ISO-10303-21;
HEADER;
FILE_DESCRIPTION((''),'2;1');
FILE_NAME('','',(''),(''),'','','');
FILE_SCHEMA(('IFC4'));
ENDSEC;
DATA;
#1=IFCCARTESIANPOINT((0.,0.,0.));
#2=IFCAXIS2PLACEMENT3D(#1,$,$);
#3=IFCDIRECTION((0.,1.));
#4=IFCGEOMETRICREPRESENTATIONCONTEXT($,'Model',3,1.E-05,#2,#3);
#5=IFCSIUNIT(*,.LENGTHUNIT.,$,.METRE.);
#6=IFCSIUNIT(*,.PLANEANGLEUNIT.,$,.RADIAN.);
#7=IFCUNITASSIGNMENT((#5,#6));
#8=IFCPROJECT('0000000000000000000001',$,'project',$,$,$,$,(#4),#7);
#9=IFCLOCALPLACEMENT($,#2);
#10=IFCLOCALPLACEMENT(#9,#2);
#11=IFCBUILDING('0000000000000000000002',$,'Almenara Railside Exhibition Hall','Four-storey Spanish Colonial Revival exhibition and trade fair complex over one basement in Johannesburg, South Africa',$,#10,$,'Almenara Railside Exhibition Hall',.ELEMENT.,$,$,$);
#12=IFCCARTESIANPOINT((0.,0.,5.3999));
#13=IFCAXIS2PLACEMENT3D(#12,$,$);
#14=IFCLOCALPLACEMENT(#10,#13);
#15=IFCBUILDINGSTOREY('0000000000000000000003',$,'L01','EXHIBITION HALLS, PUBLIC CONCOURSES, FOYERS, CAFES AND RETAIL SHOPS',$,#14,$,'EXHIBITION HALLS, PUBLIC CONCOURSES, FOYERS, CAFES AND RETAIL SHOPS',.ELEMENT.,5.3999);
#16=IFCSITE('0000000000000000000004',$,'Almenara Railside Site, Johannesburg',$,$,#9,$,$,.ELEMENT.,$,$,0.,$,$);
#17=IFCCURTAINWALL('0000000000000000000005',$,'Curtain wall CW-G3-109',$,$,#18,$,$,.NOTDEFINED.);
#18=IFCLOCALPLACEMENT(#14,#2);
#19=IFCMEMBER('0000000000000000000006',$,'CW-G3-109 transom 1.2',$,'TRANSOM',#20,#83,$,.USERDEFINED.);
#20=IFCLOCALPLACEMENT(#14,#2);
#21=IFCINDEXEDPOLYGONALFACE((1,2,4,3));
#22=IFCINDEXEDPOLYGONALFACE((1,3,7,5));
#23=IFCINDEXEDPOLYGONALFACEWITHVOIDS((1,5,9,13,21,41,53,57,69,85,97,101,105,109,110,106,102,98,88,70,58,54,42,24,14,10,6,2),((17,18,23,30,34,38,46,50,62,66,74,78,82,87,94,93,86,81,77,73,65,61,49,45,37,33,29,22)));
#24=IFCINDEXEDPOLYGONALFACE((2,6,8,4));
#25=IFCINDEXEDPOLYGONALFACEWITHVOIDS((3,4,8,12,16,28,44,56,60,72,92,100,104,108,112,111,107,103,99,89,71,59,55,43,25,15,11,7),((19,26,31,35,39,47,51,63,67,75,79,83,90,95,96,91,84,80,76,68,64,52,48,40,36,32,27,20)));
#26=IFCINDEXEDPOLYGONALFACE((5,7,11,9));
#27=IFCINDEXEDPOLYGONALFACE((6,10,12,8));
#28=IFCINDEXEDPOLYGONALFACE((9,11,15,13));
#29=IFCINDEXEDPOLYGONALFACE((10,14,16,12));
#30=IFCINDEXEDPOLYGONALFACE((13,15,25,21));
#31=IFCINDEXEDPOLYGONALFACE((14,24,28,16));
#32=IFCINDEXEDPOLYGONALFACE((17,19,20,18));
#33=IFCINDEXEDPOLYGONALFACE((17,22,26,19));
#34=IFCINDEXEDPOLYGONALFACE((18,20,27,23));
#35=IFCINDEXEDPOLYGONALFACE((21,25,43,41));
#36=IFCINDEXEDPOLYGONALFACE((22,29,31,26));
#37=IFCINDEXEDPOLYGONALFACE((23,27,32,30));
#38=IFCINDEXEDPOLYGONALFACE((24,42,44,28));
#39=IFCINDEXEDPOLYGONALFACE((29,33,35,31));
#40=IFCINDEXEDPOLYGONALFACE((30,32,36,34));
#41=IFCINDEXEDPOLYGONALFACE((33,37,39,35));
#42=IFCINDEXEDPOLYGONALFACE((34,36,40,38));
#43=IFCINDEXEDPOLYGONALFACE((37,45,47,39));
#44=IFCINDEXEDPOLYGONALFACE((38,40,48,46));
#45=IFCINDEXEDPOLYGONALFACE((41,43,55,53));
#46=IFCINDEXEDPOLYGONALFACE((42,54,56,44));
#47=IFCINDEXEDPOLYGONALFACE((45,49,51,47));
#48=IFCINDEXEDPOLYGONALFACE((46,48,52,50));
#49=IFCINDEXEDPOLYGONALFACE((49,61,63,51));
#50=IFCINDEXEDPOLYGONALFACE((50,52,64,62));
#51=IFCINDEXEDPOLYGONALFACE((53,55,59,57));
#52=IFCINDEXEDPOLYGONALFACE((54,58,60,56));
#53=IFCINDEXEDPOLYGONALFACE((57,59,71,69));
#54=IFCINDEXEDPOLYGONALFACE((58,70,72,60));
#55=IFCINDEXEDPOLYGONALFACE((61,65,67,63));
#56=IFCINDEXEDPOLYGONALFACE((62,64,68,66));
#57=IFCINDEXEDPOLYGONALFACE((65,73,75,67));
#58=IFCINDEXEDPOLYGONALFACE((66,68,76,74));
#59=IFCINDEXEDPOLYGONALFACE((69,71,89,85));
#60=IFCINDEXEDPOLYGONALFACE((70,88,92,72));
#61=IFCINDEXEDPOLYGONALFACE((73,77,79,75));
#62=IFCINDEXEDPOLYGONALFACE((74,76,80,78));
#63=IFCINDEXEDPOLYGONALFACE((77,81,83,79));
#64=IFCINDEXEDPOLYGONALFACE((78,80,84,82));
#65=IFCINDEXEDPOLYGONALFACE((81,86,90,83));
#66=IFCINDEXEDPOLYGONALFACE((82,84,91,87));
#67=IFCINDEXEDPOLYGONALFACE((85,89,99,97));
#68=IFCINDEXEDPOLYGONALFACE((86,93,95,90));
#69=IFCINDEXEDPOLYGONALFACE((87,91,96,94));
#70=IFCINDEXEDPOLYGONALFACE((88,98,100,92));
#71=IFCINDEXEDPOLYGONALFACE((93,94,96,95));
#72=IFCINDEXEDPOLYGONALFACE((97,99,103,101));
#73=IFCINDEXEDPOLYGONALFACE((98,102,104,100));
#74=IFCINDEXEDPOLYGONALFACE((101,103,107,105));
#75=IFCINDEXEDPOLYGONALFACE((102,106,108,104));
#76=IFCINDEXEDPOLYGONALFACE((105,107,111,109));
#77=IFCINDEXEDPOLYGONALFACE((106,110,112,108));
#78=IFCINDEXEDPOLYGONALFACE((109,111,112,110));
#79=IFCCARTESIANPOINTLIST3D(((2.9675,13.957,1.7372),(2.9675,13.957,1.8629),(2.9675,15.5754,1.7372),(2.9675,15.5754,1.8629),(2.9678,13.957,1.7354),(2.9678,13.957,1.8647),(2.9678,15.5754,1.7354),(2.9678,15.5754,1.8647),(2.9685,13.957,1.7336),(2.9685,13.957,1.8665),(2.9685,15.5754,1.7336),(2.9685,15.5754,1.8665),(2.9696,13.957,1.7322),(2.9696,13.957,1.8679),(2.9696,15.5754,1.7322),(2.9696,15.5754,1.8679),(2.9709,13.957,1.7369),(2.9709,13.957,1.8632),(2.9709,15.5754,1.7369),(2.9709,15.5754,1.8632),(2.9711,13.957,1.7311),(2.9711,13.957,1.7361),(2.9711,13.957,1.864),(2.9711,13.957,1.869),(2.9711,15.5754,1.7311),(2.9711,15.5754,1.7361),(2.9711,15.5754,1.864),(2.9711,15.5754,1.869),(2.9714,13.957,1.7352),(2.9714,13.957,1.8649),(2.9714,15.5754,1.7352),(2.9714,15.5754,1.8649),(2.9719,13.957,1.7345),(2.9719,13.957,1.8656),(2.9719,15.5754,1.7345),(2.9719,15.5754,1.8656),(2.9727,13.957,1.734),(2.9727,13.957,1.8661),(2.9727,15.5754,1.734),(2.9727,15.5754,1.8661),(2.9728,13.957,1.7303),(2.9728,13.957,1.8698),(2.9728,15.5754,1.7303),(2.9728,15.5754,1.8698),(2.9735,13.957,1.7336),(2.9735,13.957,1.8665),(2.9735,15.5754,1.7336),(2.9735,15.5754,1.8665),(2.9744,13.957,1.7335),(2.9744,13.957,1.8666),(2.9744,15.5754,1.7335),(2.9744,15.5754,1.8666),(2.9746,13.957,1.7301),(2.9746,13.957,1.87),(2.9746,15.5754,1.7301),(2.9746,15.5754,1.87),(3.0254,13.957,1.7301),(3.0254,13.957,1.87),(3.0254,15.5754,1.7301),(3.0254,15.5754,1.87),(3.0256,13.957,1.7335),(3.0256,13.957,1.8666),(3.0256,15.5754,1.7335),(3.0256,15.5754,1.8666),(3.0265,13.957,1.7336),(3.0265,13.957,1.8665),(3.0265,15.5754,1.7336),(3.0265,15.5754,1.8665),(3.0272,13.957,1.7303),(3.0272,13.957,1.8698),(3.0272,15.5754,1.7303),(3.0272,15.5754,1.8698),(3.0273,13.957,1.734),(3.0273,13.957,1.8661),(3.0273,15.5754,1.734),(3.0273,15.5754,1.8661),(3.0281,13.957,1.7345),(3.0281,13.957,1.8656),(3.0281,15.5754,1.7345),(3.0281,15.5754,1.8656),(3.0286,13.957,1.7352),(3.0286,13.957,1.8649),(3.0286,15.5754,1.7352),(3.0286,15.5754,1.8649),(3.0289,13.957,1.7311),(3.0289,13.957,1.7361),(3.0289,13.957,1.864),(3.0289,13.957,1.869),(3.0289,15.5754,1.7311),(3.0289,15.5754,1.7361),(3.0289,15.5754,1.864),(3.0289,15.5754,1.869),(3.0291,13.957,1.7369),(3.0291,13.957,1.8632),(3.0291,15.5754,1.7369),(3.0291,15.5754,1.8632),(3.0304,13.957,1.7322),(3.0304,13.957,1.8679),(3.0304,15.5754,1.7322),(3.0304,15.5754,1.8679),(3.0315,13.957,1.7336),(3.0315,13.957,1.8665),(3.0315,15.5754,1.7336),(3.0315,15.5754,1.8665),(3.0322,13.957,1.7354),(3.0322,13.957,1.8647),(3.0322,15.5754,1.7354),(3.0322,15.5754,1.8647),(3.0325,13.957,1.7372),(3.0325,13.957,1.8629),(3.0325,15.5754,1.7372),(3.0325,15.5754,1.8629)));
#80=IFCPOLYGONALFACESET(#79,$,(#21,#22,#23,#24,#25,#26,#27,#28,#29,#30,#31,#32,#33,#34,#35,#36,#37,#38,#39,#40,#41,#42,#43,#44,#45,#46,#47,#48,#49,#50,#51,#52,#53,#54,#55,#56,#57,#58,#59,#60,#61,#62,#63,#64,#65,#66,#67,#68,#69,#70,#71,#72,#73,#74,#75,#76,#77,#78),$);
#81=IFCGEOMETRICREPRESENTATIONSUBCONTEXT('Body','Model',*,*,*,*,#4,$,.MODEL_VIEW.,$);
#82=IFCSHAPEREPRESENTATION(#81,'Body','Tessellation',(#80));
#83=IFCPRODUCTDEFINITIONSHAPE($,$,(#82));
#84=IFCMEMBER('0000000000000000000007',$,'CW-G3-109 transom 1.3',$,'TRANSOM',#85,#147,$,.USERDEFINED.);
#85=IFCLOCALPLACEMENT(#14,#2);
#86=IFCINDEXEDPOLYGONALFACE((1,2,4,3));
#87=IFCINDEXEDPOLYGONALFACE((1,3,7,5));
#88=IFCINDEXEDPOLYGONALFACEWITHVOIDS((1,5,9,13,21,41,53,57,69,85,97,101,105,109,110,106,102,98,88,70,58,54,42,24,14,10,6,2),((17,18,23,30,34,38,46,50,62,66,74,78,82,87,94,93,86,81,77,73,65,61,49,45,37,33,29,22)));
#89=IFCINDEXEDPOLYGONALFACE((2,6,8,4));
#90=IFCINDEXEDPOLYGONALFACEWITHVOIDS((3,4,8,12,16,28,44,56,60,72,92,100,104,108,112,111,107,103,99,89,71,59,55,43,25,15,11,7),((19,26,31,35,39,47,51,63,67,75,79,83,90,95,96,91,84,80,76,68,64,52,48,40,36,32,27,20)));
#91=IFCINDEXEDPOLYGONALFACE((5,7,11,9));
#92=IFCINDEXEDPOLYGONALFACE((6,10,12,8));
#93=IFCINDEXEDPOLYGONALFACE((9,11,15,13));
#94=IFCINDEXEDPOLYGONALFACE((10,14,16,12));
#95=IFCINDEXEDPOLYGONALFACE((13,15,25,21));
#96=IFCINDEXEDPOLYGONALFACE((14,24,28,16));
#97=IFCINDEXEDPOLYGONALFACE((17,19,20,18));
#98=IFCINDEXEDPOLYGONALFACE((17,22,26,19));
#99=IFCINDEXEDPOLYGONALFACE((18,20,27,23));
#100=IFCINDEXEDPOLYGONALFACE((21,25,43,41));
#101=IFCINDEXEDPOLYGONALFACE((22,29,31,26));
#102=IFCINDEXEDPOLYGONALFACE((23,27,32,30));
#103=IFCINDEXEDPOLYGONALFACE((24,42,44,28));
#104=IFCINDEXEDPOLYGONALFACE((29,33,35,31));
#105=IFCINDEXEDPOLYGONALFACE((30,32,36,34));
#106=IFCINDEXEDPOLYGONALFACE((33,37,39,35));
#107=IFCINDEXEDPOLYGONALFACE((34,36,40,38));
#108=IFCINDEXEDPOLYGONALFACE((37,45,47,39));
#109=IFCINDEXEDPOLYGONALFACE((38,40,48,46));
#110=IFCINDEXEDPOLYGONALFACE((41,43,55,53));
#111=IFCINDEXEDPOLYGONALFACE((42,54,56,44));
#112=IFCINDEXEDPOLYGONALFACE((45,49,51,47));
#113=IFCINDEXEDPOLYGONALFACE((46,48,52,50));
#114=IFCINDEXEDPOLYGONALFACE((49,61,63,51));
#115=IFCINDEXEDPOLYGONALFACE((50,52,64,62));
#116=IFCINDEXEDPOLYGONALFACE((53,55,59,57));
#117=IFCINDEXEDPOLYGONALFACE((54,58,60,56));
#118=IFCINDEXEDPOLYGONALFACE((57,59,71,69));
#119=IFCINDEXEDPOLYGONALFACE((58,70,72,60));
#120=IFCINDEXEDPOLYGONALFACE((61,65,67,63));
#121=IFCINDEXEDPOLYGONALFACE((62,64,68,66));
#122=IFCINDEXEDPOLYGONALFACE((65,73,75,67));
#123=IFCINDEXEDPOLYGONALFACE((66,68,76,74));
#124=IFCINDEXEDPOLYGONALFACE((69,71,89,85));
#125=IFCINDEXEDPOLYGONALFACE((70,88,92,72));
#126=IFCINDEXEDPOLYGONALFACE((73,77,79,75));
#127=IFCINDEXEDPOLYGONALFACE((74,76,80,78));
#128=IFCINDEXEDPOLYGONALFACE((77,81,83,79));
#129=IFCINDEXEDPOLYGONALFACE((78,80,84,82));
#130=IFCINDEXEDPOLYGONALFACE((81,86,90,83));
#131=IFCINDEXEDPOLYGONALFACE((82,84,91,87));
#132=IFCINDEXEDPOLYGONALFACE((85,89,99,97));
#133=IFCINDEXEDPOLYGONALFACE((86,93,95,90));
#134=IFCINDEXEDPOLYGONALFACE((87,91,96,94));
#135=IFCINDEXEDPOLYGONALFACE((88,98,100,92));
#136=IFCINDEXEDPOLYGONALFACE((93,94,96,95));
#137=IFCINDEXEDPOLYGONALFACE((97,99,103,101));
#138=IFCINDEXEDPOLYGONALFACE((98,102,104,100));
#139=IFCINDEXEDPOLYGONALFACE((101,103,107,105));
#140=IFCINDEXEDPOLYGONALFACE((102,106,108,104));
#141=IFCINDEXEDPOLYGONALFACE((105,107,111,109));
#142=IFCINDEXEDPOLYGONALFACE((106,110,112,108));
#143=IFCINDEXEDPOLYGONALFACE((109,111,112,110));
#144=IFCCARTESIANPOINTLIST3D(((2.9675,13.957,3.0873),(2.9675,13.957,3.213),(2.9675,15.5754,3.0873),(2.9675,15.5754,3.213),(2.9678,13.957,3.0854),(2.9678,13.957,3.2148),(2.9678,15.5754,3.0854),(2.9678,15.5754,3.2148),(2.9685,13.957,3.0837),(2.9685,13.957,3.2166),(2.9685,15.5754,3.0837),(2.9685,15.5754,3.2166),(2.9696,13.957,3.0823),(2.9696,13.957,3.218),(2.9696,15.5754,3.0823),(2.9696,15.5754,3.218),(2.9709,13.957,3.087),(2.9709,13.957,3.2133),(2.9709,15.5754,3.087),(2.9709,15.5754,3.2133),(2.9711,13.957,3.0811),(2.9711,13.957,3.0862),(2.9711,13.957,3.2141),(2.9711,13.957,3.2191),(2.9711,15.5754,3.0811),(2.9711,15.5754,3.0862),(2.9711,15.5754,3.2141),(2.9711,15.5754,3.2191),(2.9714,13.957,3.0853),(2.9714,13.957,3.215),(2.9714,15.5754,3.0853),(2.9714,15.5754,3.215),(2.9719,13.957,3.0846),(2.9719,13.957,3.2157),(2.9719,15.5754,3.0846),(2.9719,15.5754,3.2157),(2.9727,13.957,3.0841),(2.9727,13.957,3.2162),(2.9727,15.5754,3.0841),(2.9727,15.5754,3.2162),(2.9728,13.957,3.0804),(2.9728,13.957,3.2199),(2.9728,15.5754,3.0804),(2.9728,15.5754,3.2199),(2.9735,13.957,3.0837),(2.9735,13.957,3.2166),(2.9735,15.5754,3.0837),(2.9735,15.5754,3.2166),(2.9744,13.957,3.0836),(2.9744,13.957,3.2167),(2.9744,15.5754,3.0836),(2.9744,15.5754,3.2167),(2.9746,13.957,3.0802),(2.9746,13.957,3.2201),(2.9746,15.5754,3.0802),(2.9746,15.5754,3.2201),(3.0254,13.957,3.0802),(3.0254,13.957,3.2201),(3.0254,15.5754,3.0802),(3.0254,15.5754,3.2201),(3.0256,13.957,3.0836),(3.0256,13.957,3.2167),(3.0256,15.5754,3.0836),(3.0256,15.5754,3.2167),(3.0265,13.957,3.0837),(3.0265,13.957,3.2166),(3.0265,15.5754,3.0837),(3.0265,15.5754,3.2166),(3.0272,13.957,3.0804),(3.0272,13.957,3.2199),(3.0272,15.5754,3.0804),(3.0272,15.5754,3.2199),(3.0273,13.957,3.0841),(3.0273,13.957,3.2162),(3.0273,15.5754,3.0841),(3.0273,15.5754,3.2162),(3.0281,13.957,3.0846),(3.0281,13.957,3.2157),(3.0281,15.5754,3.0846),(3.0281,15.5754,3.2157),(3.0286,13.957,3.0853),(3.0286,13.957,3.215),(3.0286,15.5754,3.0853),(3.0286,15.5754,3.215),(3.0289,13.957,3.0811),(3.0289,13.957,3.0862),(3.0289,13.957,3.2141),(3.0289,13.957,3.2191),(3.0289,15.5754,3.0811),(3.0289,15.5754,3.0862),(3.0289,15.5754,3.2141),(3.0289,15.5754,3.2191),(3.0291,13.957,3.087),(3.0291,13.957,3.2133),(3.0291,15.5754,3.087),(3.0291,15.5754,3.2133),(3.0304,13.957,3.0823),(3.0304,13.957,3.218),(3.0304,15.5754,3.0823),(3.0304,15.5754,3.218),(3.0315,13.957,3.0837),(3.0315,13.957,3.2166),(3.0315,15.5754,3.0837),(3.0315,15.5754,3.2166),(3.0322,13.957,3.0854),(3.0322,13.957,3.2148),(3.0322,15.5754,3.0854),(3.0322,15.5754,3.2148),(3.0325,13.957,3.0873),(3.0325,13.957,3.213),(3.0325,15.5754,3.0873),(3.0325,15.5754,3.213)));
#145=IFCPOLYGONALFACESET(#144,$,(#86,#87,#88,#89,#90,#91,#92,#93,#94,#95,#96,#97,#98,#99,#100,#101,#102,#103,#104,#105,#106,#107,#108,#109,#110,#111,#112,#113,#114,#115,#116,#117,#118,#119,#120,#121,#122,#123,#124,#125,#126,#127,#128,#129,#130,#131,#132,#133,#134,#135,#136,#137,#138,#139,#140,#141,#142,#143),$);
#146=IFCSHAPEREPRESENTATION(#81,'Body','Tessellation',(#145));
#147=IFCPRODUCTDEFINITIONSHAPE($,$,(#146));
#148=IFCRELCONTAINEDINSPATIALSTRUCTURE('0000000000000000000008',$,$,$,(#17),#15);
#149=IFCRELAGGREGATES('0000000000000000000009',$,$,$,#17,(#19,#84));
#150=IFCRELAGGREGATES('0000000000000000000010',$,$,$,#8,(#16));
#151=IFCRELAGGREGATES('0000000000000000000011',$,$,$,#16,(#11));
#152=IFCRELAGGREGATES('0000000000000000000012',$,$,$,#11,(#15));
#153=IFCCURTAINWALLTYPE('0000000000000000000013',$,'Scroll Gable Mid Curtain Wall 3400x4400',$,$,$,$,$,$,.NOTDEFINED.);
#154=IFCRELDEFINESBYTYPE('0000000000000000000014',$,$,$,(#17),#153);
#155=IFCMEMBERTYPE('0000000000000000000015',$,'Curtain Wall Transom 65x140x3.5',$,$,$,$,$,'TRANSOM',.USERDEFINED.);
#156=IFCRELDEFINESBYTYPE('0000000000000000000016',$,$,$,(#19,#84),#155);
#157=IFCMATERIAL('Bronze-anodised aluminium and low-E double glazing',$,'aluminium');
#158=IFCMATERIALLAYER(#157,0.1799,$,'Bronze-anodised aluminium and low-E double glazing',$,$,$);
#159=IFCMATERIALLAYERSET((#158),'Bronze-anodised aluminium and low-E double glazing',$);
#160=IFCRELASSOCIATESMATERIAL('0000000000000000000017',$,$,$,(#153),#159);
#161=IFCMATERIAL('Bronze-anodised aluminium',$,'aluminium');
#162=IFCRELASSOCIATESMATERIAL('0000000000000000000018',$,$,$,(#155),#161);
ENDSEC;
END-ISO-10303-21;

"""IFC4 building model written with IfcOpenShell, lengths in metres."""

from ifc_helpers import new_model, si_unit, direction, frame, origin, origin_2d, place, context, subcontext, project, spatial, hollow_rectangle, extrude, material, layer, layer_set, material_profile, profile_set, type_object, element, aggregate, save


model = new_model("IFC4")

# Units and contexts
model_context = context("Model", 3, precision=1e-05, world=origin(), true_north=direction((0.0, 1.0)))
body_context = subcontext(model_context, "Body", "Model", "MODEL_VIEW")
ifc_project = project(units=[si_unit("LENGTHUNIT", "METRE"), si_unit("PLANEANGLEUNIT", "RADIAN")], contexts=[model_context])

# Site, building, storey
site_placement = place(None, origin())
site = spatial("IfcSite", under=ifc_project, at=site_placement, Name="Almenara Railside Site, Johannesburg", CompositionType="ELEMENT", RefElevation=0.0)
building_placement = place(site_placement, origin())
building = spatial("IfcBuilding", under=site, at=building_placement, Name="Almenara Railside Exhibition Hall", Description="Four-storey Spanish Colonial Revival exhibition and trade fair complex over one basement in Johannesburg, South Africa", LongName="Almenara Railside Exhibition Hall", CompositionType="ELEMENT")
storey_placement = place(building_placement, frame((0.0, 0.0, 5.3999)))
storey = spatial("IfcBuildingStorey", under=building, at=storey_placement, Name="L01", Description="EXHIBITION HALLS, PUBLIC CONCOURSES, FOYERS, CAFES AND RETAIL SHOPS", LongName="EXHIBITION HALLS, PUBLIC CONCOURSES, FOYERS, CAFES AND RETAIL SHOPS", CompositionType="ELEMENT", Elevation=5.3999)

# Curtain wall
ifc_material_1 = material(Name="Bronze-anodised aluminium and low-E double glazing", Category="aluminium")
ifc_layer_1 = layer(ifc_material_1, 0.1799, Name="Bronze-anodised aluminium and low-E double glazing")
ifc_layer_set_1 = layer_set([ifc_layer_1], Name="Bronze-anodised aluminium and low-E double glazing")
curtain_wall_type_1 = type_object("IfcCurtainWallType", Name="Scroll Gable Mid Curtain Wall 3400x4400", PredefinedType="NOTDEFINED", material=ifc_layer_set_1)
curtain_wall_1_placement = place(storey_placement, origin())
curtain_wall_1 = element("IfcCurtainWall", 1, at=curtain_wall_1_placement, inside=storey, type_object=curtain_wall_type_1, Name="Curtain wall CW-G3-109", PredefinedType="NOTDEFINED")
ifc_material_2 = material(Name="Bronze-anodised aluminium", Category="aluminium")

# Members
ifc_material_profile_1 = material_profile(ifc_material_2, hollow_rectangle(XDim=0.0649, YDim=0.1399, WallThickness=0.0034, InnerFilletRadius=0.0034, OuterFilletRadius=0.0071, at=origin_2d()), Name="ALU-TRN 65x140x3.5")
ifc_profile_set_1 = profile_set([ifc_material_profile_1], Name="Bronze-anodised aluminium")
member_type_1 = type_object("IfcMemberType", Name="Curtain Wall Transom 65x140x3.5", ElementType="TRANSOM", PredefinedType="USERDEFINED", material=ifc_profile_set_1)
member_1_placement = place(storey_placement, frame((3.0, 13.957, 1.8), z_axis=(0.0, 1.0, 0.0), x_axis=(-1.0, 0.0, 0.0)))
member_1 = element("IfcMember", 2, at=member_1_placement, type_object=member_type_1, Name="CW-G3-109 transom 1.2", ObjectType="TRANSOM", PredefinedType="USERDEFINED", context=body_context, shape_type="SweptSolid", body=[
    extrude(hollow_rectangle(XDim=0.0649, YDim=0.1399, WallThickness=0.0034, InnerFilletRadius=0.0034, OuterFilletRadius=0.0071, at=origin_2d()), origin(), (0.0, 0.0, 1.0), 1.6184),
])
member_2_placement = place(storey_placement, frame((3.0, 13.957, 3.1501), z_axis=(0.0, 1.0, 0.0), x_axis=(-1.0, 0.0, 0.0)))
member_2 = element("IfcMember", 3, at=member_2_placement, type_object=member_type_1, Name="CW-G3-109 transom 1.3", ObjectType="TRANSOM", PredefinedType="USERDEFINED", context=body_context, shape_type="SweptSolid", body=[
    extrude(hollow_rectangle(XDim=0.0649, YDim=0.1399, WallThickness=0.0034, InnerFilletRadius=0.0034, OuterFilletRadius=0.0071, at=origin_2d()), origin(), (0.0, 0.0, 1.0), 1.6184),
])

aggregate(curtain_wall_1, [member_1, member_2])

save(model, "model.ifc")
